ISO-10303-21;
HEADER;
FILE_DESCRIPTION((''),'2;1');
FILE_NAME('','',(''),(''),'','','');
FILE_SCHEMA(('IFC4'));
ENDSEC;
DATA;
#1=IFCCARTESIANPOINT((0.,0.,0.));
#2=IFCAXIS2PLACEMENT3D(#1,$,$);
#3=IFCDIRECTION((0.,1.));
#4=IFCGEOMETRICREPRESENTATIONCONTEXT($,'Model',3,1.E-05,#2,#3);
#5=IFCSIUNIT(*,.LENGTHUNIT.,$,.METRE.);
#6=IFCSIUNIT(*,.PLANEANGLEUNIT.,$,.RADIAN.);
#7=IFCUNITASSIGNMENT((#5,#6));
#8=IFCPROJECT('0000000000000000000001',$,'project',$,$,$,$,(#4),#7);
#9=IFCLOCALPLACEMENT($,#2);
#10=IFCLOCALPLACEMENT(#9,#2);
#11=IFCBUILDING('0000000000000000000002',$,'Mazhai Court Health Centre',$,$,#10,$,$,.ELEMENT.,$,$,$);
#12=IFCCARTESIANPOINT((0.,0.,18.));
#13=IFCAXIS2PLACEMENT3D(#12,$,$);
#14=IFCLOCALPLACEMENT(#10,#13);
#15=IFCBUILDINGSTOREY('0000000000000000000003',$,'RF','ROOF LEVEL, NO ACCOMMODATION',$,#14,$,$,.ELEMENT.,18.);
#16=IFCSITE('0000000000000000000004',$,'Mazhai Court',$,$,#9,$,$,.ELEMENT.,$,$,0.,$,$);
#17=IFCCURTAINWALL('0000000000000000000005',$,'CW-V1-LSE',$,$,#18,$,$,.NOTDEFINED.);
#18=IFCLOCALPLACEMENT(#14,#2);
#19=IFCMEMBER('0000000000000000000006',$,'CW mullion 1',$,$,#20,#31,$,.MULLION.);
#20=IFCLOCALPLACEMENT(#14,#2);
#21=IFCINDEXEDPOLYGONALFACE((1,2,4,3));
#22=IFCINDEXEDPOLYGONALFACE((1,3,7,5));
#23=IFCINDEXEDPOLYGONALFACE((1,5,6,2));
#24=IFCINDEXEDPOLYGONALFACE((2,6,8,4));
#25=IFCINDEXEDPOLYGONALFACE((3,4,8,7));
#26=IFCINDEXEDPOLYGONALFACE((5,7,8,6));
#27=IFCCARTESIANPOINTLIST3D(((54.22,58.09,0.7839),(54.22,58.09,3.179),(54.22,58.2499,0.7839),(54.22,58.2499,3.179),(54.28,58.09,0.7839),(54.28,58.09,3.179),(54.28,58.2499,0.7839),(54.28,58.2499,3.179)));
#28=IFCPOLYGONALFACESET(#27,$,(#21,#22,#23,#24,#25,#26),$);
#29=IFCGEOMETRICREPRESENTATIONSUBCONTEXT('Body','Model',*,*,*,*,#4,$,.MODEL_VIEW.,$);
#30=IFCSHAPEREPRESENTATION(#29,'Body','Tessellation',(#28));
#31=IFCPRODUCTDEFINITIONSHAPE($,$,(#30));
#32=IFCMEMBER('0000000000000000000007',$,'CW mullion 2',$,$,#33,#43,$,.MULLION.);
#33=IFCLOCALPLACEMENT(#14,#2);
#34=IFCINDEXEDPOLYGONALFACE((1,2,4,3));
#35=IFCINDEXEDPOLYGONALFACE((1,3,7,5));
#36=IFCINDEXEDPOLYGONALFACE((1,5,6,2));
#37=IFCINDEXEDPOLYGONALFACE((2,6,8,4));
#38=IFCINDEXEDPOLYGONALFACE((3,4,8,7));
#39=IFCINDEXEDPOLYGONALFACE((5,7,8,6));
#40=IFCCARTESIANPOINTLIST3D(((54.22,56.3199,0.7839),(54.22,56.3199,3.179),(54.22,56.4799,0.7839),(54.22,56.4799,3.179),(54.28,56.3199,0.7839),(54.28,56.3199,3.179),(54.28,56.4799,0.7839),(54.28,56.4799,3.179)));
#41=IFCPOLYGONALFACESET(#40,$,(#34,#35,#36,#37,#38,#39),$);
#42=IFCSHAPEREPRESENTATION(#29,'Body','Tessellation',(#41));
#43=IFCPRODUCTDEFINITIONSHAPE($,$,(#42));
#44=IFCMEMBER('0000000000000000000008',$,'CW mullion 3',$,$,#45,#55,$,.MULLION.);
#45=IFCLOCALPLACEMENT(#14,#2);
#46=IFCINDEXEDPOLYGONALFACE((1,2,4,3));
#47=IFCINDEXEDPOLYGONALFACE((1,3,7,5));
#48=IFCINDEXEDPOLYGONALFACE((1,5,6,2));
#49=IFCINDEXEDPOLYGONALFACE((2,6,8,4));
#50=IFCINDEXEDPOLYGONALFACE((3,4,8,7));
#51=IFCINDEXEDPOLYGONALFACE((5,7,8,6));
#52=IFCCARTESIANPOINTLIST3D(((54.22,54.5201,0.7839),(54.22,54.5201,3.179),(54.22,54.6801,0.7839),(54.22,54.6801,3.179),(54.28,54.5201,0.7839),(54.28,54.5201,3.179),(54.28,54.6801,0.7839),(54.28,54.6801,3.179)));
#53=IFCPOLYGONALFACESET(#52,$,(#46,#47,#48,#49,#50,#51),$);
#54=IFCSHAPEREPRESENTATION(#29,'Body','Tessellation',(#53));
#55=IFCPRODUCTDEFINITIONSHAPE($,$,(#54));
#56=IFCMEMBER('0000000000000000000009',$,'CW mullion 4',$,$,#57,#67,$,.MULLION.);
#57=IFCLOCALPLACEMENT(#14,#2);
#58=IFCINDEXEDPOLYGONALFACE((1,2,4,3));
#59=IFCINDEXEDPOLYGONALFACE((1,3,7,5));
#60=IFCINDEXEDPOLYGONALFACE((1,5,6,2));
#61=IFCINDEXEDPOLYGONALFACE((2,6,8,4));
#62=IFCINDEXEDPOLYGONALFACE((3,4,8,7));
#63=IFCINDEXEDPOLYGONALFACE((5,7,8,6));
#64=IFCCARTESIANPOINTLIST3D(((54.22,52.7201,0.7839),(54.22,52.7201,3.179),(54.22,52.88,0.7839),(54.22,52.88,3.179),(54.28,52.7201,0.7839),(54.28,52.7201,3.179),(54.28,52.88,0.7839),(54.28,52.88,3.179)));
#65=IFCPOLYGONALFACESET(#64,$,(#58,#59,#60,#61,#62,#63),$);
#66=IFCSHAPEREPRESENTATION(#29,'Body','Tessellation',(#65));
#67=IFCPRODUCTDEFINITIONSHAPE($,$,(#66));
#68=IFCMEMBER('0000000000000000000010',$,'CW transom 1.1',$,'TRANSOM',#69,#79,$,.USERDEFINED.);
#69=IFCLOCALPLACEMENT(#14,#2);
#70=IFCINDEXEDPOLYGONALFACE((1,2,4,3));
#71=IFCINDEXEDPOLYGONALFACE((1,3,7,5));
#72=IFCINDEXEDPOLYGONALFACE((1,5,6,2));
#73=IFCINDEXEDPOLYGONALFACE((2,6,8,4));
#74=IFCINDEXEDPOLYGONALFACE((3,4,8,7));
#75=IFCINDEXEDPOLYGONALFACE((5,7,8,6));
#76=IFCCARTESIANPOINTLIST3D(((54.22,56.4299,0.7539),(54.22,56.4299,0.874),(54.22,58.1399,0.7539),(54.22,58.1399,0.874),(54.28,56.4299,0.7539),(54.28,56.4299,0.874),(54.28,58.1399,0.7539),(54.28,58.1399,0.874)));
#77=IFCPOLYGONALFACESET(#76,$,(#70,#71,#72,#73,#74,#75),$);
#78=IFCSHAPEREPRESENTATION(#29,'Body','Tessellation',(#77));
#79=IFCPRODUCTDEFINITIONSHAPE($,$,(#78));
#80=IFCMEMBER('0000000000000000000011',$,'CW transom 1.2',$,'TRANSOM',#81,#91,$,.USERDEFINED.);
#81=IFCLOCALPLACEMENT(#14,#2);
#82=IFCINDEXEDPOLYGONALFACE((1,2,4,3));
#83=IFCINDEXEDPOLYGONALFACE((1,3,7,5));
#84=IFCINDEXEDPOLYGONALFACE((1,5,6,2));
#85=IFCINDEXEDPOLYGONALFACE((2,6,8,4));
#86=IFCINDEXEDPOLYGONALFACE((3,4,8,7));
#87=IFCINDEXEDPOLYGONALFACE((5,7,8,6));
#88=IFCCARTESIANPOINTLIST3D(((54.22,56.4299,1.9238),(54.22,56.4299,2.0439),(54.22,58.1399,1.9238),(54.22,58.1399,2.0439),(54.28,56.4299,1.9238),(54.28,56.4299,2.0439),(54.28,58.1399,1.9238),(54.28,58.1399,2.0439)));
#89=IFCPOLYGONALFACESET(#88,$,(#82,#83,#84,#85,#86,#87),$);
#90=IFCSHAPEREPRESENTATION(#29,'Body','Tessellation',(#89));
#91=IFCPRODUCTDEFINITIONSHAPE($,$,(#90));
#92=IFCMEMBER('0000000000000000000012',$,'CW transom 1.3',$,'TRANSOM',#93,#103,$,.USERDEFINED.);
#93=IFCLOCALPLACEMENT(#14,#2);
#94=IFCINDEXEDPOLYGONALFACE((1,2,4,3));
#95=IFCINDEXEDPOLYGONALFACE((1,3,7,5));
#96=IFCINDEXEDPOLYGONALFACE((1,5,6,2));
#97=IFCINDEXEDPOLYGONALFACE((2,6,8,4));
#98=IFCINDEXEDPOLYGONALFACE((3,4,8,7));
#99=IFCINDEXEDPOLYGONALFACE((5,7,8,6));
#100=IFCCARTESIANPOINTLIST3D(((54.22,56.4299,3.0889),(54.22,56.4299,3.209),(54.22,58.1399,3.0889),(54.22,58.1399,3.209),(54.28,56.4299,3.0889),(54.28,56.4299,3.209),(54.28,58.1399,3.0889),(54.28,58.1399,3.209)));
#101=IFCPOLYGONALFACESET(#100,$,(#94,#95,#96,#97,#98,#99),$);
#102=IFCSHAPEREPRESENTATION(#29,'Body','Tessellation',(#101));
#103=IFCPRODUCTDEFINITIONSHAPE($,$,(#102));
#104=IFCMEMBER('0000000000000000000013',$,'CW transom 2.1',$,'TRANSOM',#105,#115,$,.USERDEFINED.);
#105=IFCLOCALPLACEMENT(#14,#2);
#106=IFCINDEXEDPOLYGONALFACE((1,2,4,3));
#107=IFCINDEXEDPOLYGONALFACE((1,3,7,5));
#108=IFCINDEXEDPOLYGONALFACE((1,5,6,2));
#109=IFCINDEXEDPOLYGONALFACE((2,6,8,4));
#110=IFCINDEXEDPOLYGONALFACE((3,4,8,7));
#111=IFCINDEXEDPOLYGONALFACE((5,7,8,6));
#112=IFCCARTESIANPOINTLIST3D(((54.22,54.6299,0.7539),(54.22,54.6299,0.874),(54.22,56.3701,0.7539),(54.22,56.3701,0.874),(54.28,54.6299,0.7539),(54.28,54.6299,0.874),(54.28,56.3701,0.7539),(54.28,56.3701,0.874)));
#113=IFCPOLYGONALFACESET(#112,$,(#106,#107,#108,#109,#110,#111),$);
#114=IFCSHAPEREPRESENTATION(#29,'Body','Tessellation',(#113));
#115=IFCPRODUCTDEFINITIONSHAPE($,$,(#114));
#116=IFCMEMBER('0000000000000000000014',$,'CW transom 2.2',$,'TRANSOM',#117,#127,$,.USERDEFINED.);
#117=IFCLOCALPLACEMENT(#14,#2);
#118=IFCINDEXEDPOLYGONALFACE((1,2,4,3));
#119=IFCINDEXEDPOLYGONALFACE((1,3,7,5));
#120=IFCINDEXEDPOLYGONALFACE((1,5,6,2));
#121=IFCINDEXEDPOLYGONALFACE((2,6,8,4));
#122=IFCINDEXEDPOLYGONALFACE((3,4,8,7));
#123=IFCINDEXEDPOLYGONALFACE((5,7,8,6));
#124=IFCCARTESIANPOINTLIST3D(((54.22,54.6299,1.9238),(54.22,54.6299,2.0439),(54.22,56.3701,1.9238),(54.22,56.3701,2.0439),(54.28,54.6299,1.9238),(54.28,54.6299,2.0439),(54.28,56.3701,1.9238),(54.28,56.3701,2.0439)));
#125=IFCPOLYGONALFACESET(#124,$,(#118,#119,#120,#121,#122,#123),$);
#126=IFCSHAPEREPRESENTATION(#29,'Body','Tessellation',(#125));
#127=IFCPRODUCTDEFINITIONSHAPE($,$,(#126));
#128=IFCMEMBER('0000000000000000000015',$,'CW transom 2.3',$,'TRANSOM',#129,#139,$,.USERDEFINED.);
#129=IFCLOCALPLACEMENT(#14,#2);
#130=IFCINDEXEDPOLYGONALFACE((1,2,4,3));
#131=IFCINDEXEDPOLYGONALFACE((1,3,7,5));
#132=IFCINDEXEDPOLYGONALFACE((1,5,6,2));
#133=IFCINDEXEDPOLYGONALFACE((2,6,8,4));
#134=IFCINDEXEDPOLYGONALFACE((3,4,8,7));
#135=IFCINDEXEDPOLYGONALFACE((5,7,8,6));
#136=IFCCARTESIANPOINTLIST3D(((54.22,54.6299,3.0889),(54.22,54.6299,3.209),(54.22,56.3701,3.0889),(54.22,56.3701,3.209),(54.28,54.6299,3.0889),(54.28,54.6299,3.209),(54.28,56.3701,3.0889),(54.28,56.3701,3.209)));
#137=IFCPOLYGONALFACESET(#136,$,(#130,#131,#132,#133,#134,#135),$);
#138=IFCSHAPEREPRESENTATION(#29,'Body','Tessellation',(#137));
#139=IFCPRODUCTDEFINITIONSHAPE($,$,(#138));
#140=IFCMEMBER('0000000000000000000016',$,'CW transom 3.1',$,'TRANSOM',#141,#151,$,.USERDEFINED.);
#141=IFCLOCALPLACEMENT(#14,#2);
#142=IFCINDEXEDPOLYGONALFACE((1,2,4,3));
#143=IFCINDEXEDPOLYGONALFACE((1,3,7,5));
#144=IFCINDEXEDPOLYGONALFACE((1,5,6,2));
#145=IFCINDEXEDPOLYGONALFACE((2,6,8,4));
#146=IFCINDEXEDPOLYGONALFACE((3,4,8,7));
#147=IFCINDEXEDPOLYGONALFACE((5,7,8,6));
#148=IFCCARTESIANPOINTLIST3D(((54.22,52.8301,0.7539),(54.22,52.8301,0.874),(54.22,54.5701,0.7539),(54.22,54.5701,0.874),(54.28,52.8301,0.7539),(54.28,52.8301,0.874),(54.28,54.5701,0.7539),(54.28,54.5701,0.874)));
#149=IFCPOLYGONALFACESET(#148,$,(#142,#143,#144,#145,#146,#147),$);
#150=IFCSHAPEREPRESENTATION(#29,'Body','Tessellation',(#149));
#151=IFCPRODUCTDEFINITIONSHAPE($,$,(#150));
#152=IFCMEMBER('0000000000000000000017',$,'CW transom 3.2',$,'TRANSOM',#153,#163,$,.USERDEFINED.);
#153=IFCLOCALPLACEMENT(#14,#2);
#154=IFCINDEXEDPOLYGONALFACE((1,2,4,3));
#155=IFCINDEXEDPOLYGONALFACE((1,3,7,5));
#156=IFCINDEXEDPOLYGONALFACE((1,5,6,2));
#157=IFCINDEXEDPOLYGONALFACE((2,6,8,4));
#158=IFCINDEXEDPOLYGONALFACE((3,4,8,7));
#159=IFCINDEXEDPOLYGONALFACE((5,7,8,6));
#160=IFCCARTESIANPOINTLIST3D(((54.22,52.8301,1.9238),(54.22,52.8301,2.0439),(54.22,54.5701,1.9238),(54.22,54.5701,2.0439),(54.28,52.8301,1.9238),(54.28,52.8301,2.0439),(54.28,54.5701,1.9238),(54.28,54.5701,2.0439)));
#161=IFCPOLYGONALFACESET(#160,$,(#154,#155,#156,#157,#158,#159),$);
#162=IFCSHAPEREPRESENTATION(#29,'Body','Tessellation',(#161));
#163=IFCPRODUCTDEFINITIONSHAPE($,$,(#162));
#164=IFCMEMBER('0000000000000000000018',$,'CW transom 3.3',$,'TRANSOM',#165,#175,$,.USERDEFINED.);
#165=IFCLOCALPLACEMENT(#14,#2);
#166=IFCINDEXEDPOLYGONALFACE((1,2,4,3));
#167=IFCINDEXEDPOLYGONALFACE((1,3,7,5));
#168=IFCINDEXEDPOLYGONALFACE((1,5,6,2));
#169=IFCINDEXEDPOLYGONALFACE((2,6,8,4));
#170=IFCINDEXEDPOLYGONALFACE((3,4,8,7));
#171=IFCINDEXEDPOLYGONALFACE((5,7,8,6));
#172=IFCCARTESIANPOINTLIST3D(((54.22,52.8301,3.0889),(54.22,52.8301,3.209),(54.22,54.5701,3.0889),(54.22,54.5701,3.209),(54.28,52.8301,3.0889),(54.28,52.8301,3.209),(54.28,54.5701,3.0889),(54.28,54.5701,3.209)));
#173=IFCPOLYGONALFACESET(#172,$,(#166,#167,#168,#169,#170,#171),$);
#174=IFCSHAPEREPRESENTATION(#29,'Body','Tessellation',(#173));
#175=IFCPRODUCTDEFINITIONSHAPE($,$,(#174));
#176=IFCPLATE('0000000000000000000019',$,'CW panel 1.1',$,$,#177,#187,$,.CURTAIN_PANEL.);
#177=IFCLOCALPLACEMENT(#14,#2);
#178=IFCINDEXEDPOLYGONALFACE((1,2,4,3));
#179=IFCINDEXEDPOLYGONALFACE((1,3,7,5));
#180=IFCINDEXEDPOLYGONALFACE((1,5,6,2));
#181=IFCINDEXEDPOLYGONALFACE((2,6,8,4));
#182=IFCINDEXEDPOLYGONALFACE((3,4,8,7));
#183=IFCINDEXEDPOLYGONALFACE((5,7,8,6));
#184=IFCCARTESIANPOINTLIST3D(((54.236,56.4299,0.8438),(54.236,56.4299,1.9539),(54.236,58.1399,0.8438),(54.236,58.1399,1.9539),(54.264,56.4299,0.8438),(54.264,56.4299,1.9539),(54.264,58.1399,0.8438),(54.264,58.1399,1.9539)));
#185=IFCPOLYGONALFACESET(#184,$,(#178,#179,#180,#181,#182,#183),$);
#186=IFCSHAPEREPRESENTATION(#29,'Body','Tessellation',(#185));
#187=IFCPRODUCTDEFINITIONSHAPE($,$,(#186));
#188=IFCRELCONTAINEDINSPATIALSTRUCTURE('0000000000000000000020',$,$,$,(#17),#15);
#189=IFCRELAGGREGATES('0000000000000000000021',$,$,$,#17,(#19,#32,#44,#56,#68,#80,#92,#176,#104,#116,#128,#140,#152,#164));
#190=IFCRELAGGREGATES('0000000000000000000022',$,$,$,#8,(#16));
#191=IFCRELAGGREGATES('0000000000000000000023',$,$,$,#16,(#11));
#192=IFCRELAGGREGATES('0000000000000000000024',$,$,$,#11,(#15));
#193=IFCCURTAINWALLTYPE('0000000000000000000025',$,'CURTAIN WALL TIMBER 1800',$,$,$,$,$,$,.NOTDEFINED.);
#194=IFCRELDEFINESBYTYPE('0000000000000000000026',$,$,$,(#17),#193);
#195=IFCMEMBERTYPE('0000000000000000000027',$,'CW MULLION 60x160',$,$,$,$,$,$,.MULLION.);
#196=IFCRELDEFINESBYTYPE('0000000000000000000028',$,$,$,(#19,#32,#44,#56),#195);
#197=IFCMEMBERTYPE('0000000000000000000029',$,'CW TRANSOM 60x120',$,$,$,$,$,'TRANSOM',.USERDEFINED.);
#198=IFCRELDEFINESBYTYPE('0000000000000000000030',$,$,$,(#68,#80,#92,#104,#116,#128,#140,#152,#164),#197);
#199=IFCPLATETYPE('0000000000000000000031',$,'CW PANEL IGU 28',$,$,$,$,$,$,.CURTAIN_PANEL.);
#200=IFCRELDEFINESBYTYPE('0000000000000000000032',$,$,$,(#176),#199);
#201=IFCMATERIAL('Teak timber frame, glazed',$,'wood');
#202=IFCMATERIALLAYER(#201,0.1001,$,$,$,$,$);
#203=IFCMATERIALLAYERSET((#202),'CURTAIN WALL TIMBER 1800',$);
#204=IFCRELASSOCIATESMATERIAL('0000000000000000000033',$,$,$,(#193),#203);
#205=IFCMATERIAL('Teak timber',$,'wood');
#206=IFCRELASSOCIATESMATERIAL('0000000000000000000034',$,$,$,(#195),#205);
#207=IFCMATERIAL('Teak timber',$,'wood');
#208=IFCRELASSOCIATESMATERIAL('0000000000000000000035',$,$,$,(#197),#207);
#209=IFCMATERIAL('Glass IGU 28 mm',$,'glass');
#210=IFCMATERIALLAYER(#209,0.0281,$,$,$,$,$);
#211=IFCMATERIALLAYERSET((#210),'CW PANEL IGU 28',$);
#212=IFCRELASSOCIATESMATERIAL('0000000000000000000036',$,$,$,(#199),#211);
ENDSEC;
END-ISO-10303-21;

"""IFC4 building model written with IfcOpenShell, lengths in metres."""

from ifc_helpers import new_model, si_unit, direction, frame, origin, origin_2d, place, context, subcontext, project, spatial, rectangle, extrude, material, layer, layer_set, material_profile, profile_set, type_object, element, aggregate, save


model = new_model("IFC4")

# Units and contexts
model_context = context("Model", 3, precision=1e-05, world=origin(), true_north=direction((0.0, 1.0)))
body_context = subcontext(model_context, "Body", "Model", "MODEL_VIEW")
ifc_project = project(units=[si_unit("LENGTHUNIT", "METRE"), si_unit("PLANEANGLEUNIT", "RADIAN")], contexts=[model_context])

# Site, building, storey
site_placement = place(None, origin())
site = spatial("IfcSite", under=ifc_project, at=site_placement, Name="Mazhai Court", CompositionType="ELEMENT", RefElevation=0.0)
building_placement = place(site_placement, origin())
building = spatial("IfcBuilding", under=site, at=building_placement, Name="Mazhai Court Health Centre", CompositionType="ELEMENT")
storey_placement = place(building_placement, frame((0.0, 0.0, 18.0)))
storey = spatial("IfcBuildingStorey", under=building, at=storey_placement, Name="RF", Description="ROOF LEVEL, NO ACCOMMODATION", CompositionType="ELEMENT", Elevation=18.0)

# Curtain wall, members, plate
ifc_material_1 = material(Name="Teak timber frame, glazed", Category="wood")
ifc_layer_1 = layer(ifc_material_1, 0.1001)
ifc_layer_set_1 = layer_set([ifc_layer_1], Name="CURTAIN WALL TIMBER 1800")
curtain_wall_type = type_object("IfcCurtainWallType", Name="CURTAIN WALL TIMBER 1800", PredefinedType="NOTDEFINED", material=ifc_layer_set_1)
curtain_wall_placement = place(storey_placement, origin())
curtain_wall = element("IfcCurtainWall", 1, at=curtain_wall_placement, inside=storey, type_object=curtain_wall_type, Name="CW-V1-LSE", PredefinedType="NOTDEFINED")
ifc_material_2 = material(Name="Teak timber", Category="wood")
ifc_material_profile_1 = material_profile(ifc_material_2, rectangle(XDim=0.0601, YDim=0.1599, at=origin_2d()), Name="CW MULLION 60x160")
ifc_profile_set_1 = profile_set([ifc_material_profile_1], Name="Teak timber")
member_type_1 = type_object("IfcMemberType", Name="CW MULLION 60x160", PredefinedType="MULLION", material=ifc_profile_set_1)
member_1_placement = place(storey_placement, frame((54.25, 58.1699, 0.7839), z_axis=(0.0, 0.0, 1.0), x_axis=(1.0, 0.0, 0.0)))
member_1 = element("IfcMember", 2, at=member_1_placement, type_object=member_type_1, Name="CW mullion 1", PredefinedType="MULLION", context=body_context, shape_type="SweptSolid", body=[
    extrude(rectangle(XDim=0.0601, YDim=0.1599, at=origin_2d()), origin(), (0.0, 0.0, 1.0), 2.395),
])
member_2_placement = place(storey_placement, frame((54.25, 56.3999, 0.7839), z_axis=(0.0, 0.0, 1.0), x_axis=(1.0, 0.0, 0.0)))
member_2 = element("IfcMember", 3, at=member_2_placement, type_object=member_type_1, Name="CW mullion 2", PredefinedType="MULLION", context=body_context, shape_type="SweptSolid", body=[
    extrude(rectangle(XDim=0.0601, YDim=0.1599, at=origin_2d()), origin(), (0.0, 0.0, 1.0), 2.395),
])
member_3_placement = place(storey_placement, frame((54.25, 54.6001, 0.7839), z_axis=(0.0, 0.0, 1.0), x_axis=(1.0, 0.0, 0.0)))
member_3 = element("IfcMember", 4, at=member_3_placement, type_object=member_type_1, Name="CW mullion 3", PredefinedType="MULLION", context=body_context, shape_type="SweptSolid", body=[
    extrude(rectangle(XDim=0.0601, YDim=0.1599, at=origin_2d()), origin(), (0.0, 0.0, 1.0), 2.395),
])
member_4_placement = place(storey_placement, frame((54.25, 52.8, 0.7839), z_axis=(0.0, 0.0, 1.0), x_axis=(1.0, 0.0, 0.0)))
member_4 = element("IfcMember", 5, at=member_4_placement, type_object=member_type_1, Name="CW mullion 4", PredefinedType="MULLION", context=body_context, shape_type="SweptSolid", body=[
    extrude(rectangle(XDim=0.0601, YDim=0.1599, at=origin_2d()), origin(), (0.0, 0.0, 1.0), 2.395),
])
ifc_material_3 = material(Name="Teak timber", Category="wood")
ifc_material_profile_2 = material_profile(ifc_material_3, rectangle(XDim=0.0601, YDim=0.1201, at=origin_2d()), Name="CW TRANSOM 60x120")
ifc_profile_set_2 = profile_set([ifc_material_profile_2], Name="Teak timber")
member_type_2 = type_object("IfcMemberType", Name="CW TRANSOM 60x120", ElementType="TRANSOM", PredefinedType="USERDEFINED", material=ifc_profile_set_2)
member_5_placement = place(storey_placement, frame((54.25, 58.1399, 0.814), z_axis=(0.0, -1.0, 0.0), x_axis=(1.0, 0.0, 0.0)))
member_5 = element("IfcMember", 6, at=member_5_placement, type_object=member_type_2, Name="CW transom 1.1", ObjectType="TRANSOM", PredefinedType="USERDEFINED", context=body_context, shape_type="SweptSolid", body=[
    extrude(rectangle(XDim=0.0601, YDim=0.1201, at=origin_2d()), origin(), (0.0, 0.0, 1.0), 1.71),
])
member_6_placement = place(storey_placement, frame((54.25, 58.1399, 1.9839), z_axis=(0.0, -1.0, 0.0), x_axis=(1.0, 0.0, 0.0)))
member_6 = element("IfcMember", 7, at=member_6_placement, type_object=member_type_2, Name="CW transom 1.2", ObjectType="TRANSOM", PredefinedType="USERDEFINED", context=body_context, shape_type="SweptSolid", body=[
    extrude(rectangle(XDim=0.0601, YDim=0.1201, at=origin_2d()), origin(), (0.0, 0.0, 1.0), 1.71),
])
member_7_placement = place(storey_placement, frame((54.25, 58.1399, 3.1489), z_axis=(0.0, -1.0, 0.0), x_axis=(1.0, 0.0, 0.0)))
member_7 = element("IfcMember", 8, at=member_7_placement, type_object=member_type_2, Name="CW transom 1.3", ObjectType="TRANSOM", PredefinedType="USERDEFINED", context=body_context, shape_type="SweptSolid", body=[
    extrude(rectangle(XDim=0.0601, YDim=0.1201, at=origin_2d()), origin(), (0.0, 0.0, 1.0), 1.71),
])
member_8_placement = place(storey_placement, frame((54.25, 56.3701, 0.814), z_axis=(0.0, -1.0, 0.0), x_axis=(1.0, 0.0, 0.0)))
member_8 = element("IfcMember", 9, at=member_8_placement, type_object=member_type_2, Name="CW transom 2.1", ObjectType="TRANSOM", PredefinedType="USERDEFINED", context=body_context, shape_type="SweptSolid", body=[
    extrude(rectangle(XDim=0.0601, YDim=0.1201, at=origin_2d()), origin(), (0.0, 0.0, 1.0), 1.7402),
])
member_9_placement = place(storey_placement, frame((54.25, 56.3701, 1.9839), z_axis=(0.0, -1.0, 0.0), x_axis=(1.0, 0.0, 0.0)))
member_9 = element("IfcMember", 10, at=member_9_placement, type_object=member_type_2, Name="CW transom 2.2", ObjectType="TRANSOM", PredefinedType="USERDEFINED", context=body_context, shape_type="SweptSolid", body=[
    extrude(rectangle(XDim=0.0601, YDim=0.1201, at=origin_2d()), origin(), (0.0, 0.0, 1.0), 1.7402),
])
member_10_placement = place(storey_placement, frame((54.25, 56.3701, 3.1489), z_axis=(0.0, -1.0, 0.0), x_axis=(1.0, 0.0, 0.0)))
member_10 = element("IfcMember", 11, at=member_10_placement, type_object=member_type_2, Name="CW transom 2.3", ObjectType="TRANSOM", PredefinedType="USERDEFINED", context=body_context, shape_type="SweptSolid", body=[
    extrude(rectangle(XDim=0.0601, YDim=0.1201, at=origin_2d()), origin(), (0.0, 0.0, 1.0), 1.7402),
])
member_11_placement = place(storey_placement, frame((54.25, 54.5701, 0.814), z_axis=(0.0, -1.0, 0.0), x_axis=(1.0, 0.0, 0.0)))
member_11 = element("IfcMember", 12, at=member_11_placement, type_object=member_type_2, Name="CW transom 3.1", ObjectType="TRANSOM", PredefinedType="USERDEFINED", context=body_context, shape_type="SweptSolid", body=[
    extrude(rectangle(XDim=0.0601, YDim=0.1201, at=origin_2d()), origin(), (0.0, 0.0, 1.0), 1.74),
])
member_12_placement = place(storey_placement, frame((54.25, 54.5701, 1.9839), z_axis=(0.0, -1.0, 0.0), x_axis=(1.0, 0.0, 0.0)))
member_12 = element("IfcMember", 13, at=member_12_placement, type_object=member_type_2, Name="CW transom 3.2", ObjectType="TRANSOM", PredefinedType="USERDEFINED", context=body_context, shape_type="SweptSolid", body=[
    extrude(rectangle(XDim=0.0601, YDim=0.1201, at=origin_2d()), origin(), (0.0, 0.0, 1.0), 1.74),
])
member_13_placement = place(storey_placement, frame((54.25, 54.5701, 3.1489), z_axis=(0.0, -1.0, 0.0), x_axis=(1.0, 0.0, 0.0)))
member_13 = element("IfcMember", 14, at=member_13_placement, type_object=member_type_2, Name="CW transom 3.3", ObjectType="TRANSOM", PredefinedType="USERDEFINED", context=body_context, shape_type="SweptSolid", body=[
    extrude(rectangle(XDim=0.0601, YDim=0.1201, at=origin_2d()), origin(), (0.0, 0.0, 1.0), 1.74),
])
ifc_material_4 = material(Name="Glass IGU 28 mm", Category="glass")
ifc_layer_2 = layer(ifc_material_4, 0.0281)
ifc_layer_set_2 = layer_set([ifc_layer_2], Name="CW PANEL IGU 28")
plate_type = type_object("IfcPlateType", Name="CW PANEL IGU 28", PredefinedType="CURTAIN_PANEL", material=ifc_layer_set_2)
plate_1_placement = place(storey_placement, frame((54.25, 57.2849, 0.8438), z_axis=(0.0, 0.0, 1.0), x_axis=(0.0, -1.0, 0.0)))
plate_1 = element("IfcPlate", 15, at=plate_1_placement, type_object=plate_type, Name="CW panel 1.1", PredefinedType="CURTAIN_PANEL", context=body_context, shape_type="SweptSolid", body=[
    extrude(rectangle(XDim=1.71, YDim=0.0281, at=origin_2d()), origin(), (0.0, 0.0, 1.0), 1.1101),
])
aggregate(curtain_wall, [member_1, member_2, member_3, member_4, member_5, member_6, member_7, plate_1, member_8, member_9, member_10, member_11, member_12, member_13])

save(model, "model.ifc")
